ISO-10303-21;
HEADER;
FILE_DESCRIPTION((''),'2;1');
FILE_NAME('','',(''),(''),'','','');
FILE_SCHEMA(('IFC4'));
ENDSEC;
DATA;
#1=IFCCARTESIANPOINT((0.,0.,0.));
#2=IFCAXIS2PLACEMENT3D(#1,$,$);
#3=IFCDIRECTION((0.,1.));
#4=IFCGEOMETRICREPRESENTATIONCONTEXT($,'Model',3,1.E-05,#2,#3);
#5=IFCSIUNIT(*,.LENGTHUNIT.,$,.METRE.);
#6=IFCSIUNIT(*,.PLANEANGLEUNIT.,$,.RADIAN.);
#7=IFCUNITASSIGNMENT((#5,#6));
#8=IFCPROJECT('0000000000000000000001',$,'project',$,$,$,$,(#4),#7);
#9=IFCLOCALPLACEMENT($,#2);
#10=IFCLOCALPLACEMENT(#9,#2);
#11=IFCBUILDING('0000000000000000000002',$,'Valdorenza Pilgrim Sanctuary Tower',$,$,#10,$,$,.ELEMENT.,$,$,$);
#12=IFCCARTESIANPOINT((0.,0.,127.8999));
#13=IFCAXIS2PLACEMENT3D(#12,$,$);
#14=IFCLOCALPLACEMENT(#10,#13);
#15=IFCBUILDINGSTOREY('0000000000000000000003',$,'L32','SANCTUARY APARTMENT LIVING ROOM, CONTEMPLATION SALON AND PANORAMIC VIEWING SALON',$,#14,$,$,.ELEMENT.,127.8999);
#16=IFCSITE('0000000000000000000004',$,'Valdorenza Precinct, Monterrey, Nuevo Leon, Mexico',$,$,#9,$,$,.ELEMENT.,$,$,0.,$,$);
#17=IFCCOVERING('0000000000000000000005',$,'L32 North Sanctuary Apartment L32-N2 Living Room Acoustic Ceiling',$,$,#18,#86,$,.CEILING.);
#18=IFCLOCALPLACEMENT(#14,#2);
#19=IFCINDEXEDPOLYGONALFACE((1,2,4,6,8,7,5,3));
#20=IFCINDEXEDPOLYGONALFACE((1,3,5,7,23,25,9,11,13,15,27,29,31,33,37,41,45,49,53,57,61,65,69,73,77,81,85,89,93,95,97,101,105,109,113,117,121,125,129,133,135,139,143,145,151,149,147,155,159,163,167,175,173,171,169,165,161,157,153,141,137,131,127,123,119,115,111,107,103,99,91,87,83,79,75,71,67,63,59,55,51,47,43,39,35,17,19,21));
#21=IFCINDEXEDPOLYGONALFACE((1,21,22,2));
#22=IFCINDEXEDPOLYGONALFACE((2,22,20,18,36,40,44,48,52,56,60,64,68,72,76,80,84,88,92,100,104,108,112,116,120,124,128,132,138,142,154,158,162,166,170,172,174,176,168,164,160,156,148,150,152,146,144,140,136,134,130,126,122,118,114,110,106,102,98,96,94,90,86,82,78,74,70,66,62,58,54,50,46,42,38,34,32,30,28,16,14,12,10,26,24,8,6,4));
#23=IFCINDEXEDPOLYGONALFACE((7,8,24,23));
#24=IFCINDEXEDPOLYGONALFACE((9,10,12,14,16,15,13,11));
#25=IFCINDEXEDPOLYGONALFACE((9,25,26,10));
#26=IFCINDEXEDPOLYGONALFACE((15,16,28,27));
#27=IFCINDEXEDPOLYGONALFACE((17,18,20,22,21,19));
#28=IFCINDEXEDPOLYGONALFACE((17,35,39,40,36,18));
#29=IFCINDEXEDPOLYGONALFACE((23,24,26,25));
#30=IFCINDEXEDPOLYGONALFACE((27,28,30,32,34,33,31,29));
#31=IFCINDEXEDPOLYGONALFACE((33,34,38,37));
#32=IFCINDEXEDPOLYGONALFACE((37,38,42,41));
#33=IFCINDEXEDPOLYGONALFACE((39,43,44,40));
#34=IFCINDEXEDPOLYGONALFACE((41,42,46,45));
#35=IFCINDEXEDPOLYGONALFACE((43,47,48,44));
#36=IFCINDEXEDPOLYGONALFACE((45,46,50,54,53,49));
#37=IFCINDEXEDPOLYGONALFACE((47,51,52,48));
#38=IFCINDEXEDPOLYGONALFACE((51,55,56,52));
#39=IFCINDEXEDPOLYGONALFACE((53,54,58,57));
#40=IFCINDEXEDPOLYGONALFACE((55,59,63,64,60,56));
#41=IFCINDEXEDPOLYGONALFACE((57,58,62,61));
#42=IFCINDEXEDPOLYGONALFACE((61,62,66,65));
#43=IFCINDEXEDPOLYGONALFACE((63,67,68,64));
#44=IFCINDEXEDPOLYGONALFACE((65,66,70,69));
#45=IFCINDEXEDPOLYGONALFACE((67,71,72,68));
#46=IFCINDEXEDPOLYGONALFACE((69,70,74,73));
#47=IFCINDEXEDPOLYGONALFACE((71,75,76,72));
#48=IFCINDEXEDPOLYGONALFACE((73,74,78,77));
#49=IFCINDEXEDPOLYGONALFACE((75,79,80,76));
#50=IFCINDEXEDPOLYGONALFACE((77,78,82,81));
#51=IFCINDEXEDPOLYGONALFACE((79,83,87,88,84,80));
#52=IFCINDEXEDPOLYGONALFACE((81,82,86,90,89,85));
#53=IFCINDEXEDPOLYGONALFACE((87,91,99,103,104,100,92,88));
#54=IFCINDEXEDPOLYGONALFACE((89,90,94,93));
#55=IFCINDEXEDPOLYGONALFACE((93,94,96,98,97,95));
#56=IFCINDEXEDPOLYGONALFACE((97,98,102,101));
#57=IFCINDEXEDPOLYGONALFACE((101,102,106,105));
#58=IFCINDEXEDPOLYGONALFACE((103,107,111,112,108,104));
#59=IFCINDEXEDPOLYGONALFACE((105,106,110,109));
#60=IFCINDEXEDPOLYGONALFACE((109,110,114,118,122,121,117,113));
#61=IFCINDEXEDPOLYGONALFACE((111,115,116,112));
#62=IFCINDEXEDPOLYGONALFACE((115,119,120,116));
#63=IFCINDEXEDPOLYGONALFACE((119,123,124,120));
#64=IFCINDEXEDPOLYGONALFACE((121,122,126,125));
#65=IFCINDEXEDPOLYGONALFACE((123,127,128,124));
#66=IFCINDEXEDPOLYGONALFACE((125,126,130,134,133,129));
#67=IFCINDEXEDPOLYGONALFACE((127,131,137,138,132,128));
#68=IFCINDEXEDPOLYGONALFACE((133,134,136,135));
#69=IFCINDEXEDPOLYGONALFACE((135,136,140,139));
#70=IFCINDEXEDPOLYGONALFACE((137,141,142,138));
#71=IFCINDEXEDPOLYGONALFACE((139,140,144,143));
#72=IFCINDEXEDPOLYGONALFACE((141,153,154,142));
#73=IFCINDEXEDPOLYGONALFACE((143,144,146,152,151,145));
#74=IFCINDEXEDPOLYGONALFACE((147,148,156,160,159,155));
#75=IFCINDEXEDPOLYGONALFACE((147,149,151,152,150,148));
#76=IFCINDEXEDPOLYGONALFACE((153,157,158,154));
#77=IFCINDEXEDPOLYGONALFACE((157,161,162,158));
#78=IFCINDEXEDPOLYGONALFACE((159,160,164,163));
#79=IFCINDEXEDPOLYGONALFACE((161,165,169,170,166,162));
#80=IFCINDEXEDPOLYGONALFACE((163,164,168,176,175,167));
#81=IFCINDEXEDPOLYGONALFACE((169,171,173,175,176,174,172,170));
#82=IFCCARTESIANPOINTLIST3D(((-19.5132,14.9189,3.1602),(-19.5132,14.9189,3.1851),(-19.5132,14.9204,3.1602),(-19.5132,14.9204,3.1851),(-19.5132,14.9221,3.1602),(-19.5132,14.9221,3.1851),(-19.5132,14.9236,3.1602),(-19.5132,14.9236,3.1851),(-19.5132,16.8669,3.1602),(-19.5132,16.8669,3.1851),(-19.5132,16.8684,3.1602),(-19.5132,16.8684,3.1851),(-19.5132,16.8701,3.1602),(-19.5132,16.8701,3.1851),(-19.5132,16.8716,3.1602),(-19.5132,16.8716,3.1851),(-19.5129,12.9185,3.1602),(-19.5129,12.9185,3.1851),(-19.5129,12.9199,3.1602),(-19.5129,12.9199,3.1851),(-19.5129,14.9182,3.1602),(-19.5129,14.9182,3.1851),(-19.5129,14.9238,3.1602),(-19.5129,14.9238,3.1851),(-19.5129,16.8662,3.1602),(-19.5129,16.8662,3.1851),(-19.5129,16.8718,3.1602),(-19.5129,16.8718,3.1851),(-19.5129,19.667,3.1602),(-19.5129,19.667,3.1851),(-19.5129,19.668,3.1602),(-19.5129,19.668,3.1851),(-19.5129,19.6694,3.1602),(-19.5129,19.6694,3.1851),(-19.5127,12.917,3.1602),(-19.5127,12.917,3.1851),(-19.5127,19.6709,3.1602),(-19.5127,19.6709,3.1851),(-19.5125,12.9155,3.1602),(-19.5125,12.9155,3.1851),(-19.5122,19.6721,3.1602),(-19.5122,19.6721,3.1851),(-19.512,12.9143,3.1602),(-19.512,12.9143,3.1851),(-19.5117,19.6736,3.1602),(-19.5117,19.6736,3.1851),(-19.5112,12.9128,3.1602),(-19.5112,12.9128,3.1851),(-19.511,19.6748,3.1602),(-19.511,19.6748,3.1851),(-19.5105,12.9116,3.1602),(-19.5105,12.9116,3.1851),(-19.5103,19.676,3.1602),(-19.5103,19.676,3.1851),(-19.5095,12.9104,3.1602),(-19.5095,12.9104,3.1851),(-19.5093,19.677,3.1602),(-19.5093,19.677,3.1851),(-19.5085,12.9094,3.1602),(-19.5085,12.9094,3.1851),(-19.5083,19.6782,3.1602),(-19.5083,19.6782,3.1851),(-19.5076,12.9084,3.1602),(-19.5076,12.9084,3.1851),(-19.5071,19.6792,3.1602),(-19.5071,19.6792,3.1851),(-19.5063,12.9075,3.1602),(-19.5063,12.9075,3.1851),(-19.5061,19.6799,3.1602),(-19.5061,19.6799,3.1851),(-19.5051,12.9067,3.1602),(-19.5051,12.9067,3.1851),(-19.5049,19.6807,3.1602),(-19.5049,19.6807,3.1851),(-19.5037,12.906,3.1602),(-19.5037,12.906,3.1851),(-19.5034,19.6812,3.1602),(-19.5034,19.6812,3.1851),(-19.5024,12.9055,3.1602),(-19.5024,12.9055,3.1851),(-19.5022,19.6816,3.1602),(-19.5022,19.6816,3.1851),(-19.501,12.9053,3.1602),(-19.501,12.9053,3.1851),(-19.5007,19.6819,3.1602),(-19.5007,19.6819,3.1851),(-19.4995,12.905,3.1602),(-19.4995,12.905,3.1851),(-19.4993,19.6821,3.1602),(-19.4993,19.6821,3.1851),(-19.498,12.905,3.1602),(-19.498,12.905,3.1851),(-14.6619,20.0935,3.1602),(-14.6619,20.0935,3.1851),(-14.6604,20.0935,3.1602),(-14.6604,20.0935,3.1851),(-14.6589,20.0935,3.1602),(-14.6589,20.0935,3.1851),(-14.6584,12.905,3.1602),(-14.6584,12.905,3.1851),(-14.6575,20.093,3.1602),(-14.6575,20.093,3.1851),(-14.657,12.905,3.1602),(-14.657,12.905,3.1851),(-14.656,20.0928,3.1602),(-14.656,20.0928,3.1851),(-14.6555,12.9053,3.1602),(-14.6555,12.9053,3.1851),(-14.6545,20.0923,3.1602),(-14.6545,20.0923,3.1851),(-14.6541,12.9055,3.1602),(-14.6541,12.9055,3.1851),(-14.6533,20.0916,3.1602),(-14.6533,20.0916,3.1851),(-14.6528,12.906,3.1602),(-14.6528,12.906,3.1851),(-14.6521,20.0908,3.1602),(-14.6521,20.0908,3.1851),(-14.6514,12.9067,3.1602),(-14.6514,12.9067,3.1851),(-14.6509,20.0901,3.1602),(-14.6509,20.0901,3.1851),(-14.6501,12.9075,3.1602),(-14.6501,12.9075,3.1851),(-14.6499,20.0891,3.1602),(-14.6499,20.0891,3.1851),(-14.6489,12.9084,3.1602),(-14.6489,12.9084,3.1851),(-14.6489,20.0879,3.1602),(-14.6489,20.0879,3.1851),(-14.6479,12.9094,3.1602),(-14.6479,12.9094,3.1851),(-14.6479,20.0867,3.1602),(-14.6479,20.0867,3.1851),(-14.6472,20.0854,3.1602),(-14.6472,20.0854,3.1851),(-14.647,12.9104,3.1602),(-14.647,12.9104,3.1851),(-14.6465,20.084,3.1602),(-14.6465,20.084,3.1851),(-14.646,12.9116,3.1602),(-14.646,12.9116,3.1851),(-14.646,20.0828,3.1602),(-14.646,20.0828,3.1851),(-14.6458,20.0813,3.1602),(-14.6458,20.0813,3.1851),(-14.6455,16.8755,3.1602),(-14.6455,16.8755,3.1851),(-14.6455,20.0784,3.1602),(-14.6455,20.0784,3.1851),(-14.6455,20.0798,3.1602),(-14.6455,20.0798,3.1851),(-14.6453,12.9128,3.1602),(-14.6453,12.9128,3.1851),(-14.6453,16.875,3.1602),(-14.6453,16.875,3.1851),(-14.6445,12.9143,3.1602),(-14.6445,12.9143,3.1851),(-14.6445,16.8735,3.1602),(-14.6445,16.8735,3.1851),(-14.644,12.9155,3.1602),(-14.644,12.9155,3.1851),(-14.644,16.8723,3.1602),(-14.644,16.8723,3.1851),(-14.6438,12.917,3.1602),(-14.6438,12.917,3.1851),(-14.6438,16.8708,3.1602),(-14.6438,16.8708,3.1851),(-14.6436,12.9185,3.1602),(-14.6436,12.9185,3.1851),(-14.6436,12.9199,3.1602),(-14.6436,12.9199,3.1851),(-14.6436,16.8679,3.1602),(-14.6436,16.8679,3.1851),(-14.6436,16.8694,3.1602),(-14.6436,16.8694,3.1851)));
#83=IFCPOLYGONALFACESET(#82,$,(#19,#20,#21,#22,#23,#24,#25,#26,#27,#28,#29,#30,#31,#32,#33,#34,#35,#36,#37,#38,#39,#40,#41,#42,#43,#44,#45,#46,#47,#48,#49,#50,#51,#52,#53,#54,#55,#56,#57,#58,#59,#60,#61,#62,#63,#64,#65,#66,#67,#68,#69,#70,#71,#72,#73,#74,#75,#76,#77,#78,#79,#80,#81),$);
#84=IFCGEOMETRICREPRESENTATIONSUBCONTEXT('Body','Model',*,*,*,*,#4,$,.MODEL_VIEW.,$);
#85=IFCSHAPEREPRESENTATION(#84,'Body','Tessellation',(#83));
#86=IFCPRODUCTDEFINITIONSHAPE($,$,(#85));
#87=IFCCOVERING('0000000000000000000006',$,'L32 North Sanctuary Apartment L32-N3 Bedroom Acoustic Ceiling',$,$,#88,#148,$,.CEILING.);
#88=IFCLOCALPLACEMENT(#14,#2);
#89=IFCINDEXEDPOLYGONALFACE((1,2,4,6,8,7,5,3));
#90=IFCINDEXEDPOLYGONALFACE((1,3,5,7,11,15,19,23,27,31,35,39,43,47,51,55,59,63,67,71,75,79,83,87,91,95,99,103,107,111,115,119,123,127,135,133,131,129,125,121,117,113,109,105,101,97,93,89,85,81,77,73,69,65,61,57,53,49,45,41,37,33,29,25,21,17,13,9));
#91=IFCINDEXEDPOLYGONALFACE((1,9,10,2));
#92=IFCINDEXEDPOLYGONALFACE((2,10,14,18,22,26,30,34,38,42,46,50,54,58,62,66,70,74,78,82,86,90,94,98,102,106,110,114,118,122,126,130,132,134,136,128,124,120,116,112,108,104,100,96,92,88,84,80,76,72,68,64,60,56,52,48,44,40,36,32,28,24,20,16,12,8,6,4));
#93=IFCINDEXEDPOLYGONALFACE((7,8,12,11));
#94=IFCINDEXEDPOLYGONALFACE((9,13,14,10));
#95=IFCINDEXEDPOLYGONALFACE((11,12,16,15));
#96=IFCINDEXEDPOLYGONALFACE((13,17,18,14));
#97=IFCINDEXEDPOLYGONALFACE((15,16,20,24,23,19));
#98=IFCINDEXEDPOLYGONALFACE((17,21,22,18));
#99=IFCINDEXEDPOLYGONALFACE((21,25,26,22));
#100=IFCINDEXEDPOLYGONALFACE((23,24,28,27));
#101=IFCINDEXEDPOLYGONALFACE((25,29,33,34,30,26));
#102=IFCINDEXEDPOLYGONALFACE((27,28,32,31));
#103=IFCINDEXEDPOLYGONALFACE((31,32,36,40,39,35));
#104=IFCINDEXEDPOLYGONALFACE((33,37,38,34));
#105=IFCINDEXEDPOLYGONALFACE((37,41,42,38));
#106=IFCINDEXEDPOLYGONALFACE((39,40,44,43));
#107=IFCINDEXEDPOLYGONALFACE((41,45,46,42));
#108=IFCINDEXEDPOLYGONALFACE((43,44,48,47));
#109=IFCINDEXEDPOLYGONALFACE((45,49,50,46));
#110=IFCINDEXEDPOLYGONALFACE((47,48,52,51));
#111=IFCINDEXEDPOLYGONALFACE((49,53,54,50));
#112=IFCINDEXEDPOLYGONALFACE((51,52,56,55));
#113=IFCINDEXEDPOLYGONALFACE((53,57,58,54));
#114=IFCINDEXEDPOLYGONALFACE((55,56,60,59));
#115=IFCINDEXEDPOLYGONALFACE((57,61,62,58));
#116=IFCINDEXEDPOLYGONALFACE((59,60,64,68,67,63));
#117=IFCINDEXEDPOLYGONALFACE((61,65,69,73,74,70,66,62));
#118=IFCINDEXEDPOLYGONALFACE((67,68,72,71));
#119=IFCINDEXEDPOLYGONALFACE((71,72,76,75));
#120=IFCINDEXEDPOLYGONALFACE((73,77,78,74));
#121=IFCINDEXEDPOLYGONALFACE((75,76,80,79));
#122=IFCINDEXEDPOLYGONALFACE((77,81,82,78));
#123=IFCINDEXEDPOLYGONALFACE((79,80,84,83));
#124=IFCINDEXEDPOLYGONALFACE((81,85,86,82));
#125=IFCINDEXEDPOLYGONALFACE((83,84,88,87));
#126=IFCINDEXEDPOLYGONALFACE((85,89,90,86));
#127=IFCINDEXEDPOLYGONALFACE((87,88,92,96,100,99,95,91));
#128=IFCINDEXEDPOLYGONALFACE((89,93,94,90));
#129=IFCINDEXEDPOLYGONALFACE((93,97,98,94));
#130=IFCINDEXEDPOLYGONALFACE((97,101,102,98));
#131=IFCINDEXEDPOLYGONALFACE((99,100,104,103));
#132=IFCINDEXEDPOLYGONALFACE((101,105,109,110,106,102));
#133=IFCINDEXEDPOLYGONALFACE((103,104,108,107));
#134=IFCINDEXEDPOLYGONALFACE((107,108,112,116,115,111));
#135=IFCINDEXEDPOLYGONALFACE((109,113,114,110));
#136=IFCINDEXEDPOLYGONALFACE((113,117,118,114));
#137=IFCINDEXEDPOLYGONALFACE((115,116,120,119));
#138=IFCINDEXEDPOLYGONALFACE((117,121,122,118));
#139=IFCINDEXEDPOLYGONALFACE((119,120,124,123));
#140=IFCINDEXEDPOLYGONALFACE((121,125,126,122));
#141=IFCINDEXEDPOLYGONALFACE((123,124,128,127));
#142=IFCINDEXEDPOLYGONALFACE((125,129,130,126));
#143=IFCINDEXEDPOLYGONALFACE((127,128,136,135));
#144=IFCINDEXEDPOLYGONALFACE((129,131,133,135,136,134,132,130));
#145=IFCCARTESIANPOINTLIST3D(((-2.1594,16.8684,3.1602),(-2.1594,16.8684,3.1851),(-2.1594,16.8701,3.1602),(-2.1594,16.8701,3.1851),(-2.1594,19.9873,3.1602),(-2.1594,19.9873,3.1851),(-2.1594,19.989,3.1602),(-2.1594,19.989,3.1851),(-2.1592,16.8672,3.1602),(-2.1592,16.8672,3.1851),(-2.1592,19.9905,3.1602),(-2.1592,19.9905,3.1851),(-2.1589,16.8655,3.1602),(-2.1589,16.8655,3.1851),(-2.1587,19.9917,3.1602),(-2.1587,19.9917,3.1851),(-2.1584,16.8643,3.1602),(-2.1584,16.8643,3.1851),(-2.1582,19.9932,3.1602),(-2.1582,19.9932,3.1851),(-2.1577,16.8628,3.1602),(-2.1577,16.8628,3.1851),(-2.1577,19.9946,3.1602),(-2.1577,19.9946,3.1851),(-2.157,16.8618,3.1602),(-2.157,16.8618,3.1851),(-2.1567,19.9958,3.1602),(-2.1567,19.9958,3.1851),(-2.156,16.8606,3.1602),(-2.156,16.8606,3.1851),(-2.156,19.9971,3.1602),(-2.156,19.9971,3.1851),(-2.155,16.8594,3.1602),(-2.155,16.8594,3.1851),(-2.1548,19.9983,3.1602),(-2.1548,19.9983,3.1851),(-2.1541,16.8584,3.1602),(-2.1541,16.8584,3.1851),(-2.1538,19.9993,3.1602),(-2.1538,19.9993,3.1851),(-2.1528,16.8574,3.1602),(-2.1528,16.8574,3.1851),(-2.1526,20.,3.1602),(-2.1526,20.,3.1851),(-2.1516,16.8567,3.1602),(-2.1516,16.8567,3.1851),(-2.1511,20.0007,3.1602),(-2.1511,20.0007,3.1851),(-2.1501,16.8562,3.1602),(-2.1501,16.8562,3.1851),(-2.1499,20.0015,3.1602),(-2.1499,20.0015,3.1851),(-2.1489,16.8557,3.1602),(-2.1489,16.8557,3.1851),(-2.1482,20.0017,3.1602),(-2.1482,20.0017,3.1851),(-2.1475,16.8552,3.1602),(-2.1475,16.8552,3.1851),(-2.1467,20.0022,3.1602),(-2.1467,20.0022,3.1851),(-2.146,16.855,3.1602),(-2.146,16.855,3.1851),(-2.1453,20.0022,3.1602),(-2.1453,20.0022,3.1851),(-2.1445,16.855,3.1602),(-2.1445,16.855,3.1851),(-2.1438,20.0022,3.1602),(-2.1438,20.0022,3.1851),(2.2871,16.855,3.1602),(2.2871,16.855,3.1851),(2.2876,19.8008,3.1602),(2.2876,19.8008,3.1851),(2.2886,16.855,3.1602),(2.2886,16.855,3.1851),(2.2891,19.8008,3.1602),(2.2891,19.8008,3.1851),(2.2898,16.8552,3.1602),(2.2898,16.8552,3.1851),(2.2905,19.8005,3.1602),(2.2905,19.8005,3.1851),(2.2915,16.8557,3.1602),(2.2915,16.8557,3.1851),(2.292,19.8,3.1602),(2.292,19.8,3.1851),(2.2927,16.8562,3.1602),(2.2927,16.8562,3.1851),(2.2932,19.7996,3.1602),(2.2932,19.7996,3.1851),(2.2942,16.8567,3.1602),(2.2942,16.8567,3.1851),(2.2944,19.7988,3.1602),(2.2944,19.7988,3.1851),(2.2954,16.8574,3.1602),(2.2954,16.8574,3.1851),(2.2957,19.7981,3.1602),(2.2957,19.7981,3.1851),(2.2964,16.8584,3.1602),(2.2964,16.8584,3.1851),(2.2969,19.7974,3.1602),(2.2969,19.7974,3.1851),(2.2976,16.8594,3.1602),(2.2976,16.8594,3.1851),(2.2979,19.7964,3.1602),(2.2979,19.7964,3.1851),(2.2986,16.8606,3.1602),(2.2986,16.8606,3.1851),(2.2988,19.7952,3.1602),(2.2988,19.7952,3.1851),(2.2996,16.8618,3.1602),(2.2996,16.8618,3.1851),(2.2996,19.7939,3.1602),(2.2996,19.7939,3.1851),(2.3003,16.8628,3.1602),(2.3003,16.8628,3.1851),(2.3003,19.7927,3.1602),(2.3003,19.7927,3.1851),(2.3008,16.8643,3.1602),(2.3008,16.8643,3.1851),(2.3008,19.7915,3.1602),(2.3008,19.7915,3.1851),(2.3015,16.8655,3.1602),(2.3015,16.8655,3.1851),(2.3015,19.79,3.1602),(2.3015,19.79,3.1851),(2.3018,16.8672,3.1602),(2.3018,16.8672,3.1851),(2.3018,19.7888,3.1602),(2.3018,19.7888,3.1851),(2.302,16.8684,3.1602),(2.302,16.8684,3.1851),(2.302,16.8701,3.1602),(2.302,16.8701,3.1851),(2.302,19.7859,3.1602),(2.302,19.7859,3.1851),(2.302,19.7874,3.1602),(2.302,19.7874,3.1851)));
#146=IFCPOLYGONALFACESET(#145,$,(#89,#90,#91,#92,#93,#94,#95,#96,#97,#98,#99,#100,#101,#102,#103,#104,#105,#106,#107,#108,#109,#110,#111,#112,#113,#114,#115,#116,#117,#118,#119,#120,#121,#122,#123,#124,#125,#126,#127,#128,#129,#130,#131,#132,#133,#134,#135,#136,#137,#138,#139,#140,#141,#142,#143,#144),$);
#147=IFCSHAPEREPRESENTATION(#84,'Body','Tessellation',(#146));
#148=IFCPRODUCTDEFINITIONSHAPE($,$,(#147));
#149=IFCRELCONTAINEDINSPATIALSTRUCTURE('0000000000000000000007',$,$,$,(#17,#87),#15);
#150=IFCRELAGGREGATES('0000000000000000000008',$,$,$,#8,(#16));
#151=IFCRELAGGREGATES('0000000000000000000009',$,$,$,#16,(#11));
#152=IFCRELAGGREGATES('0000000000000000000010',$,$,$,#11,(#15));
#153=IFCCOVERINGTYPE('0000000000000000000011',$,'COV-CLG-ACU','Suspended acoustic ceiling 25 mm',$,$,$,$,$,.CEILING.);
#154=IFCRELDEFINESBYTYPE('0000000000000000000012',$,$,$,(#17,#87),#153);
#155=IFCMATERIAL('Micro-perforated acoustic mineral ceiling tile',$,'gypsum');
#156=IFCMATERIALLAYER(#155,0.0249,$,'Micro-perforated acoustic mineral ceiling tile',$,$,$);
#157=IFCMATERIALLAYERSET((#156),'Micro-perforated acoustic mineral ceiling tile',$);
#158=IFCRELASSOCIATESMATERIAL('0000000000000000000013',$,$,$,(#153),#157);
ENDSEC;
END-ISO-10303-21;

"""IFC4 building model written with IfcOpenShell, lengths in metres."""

from ifc_helpers import new_model, si_unit, direction, frame, origin, place, context, subcontext, project, spatial, polyline, outline, extrude, material, layer, layer_set, type_object, element, save


model = new_model("IFC4")

# Units and contexts
model_context = context("Model", 3, precision=1e-05, world=origin(), true_north=direction((0.0, 1.0)))
body_context = subcontext(model_context, "Body", "Model", "MODEL_VIEW")
ifc_project = project(units=[si_unit("LENGTHUNIT", "METRE"), si_unit("PLANEANGLEUNIT", "RADIAN")], contexts=[model_context])

# Site, building, storey
site_placement = place(None, origin())
site = spatial("IfcSite", under=ifc_project, at=site_placement, Name="Valdorenza Precinct, Monterrey, Nuevo Leon, Mexico", CompositionType="ELEMENT", RefElevation=0.0)
building_placement = place(site_placement, origin())
building = spatial("IfcBuilding", under=site, at=building_placement, Name="Valdorenza Pilgrim Sanctuary Tower", CompositionType="ELEMENT")
storey_placement = place(building_placement, frame((0.0, 0.0, 127.8999)))
storey = spatial("IfcBuildingStorey", under=building, at=storey_placement, Name="L32", Description="SANCTUARY APARTMENT LIVING ROOM, CONTEMPLATION SALON AND PANORAMIC VIEWING SALON", CompositionType="ELEMENT", Elevation=127.8999)

# Coverings
ifc_material_1 = material(Name="Micro-perforated acoustic mineral ceiling tile", Category="gypsum")
ifc_layer_1 = layer(ifc_material_1, 0.0249, Name="Micro-perforated acoustic mineral ceiling tile")
ifc_layer_set_1 = layer_set([ifc_layer_1], Name="Micro-perforated acoustic mineral ceiling tile")
covering_type_1 = type_object("IfcCoveringType", Name="COV-CLG-ACU", Description="Suspended acoustic ceiling 25 mm", PredefinedType="CEILING", material=ifc_layer_set_1)
covering_1_placement = place(storey_placement, frame((0.0, 0.0, 3.1602)))
element("IfcCovering", 1, at=covering_1_placement, inside=storey, type_object=covering_type_1, Name="L32 North Sanctuary Apartment L32-N2 Living Room Acoustic Ceiling", PredefinedType="CEILING", context=body_context, shape_type="SweptSolid", body=[
    extrude(outline(polyline([(-19.5129, 14.9182), (-19.5132, 14.9189), (-19.5132, 14.9204), (-19.5132, 14.9221), (-19.5132, 14.9236), (-19.5129, 14.9238), (-19.5129, 16.8662), (-19.5132, 16.8669), (-19.5132, 16.8684), (-19.5132, 16.8701), (-19.5132, 16.8716), (-19.5129, 16.8718), (-19.5129, 19.667), (-19.5129, 19.667), (-19.5129, 19.668), (-19.5129, 19.6694), (-19.5127, 19.6709), (-19.5122, 19.6721), (-19.5117, 19.6736), (-19.511, 19.6748), (-19.5103, 19.676), (-19.5093, 19.677), (-19.5083, 19.6782), (-19.5071, 19.6792), (-19.5061, 19.6799), (-19.5049, 19.6807), (-19.5034, 19.6812), (-19.5022, 19.6816), (-19.5007, 19.6819), (-19.4993, 19.6821), (-14.6619, 20.0935), (-14.6604, 20.0935), (-14.6589, 20.0935), (-14.6575, 20.093), (-14.656, 20.0928), (-14.6545, 20.0923), (-14.6533, 20.0916), (-14.6521, 20.0908), (-14.6509, 20.0901), (-14.6499, 20.0891), (-14.6489, 20.0879), (-14.6479, 20.0867), (-14.6472, 20.0854), (-14.6465, 20.084), (-14.646, 20.0828), (-14.6458, 20.0813), (-14.6455, 20.0798), (-14.6455, 20.0784), (-14.6455, 16.8755), (-14.6453, 16.875), (-14.6445, 16.8735), (-14.644, 16.8723), (-14.6438, 16.8708), (-14.6436, 16.8694), (-14.6436, 16.8679), (-14.6436, 12.9199), (-14.6436, 12.9185), (-14.6438, 12.917), (-14.644, 12.9155), (-14.6445, 12.9143), (-14.6453, 12.9128), (-14.646, 12.9116), (-14.647, 12.9104), (-14.6479, 12.9094), (-14.6489, 12.9084), (-14.6501, 12.9075), (-14.6514, 12.9067), (-14.6528, 12.906), (-14.6541, 12.9055), (-14.6555, 12.9053), (-14.657, 12.905), (-14.6584, 12.905), (-19.498, 12.905), (-19.4995, 12.905), (-19.501, 12.9053), (-19.5024, 12.9055), (-19.5037, 12.906), (-19.5051, 12.9067), (-19.5063, 12.9075), (-19.5076, 12.9084), (-19.5085, 12.9094), (-19.5095, 12.9104), (-19.5105, 12.9116), (-19.5112, 12.9128), (-19.512, 12.9143), (-19.5125, 12.9155), (-19.5127, 12.917), (-19.5129, 12.9185), (-19.5129, 12.9199), (-19.5129, 14.9182)])), origin(), (0.0, 0.0, 1.0), 0.0249),
])
covering_2_placement = place(storey_placement, frame((0.0, 0.0, 3.1602)))
element("IfcCovering", 2, at=covering_2_placement, inside=storey, type_object=covering_type_1, Name="L32 North Sanctuary Apartment L32-N3 Bedroom Acoustic Ceiling", PredefinedType="CEILING", context=body_context, shape_type="SweptSolid", body=[
    extrude(outline(polyline([(-2.1445, 16.855), (-2.146, 16.855), (-2.1475, 16.8552), (-2.1489, 16.8557), (-2.1501, 16.8562), (-2.1516, 16.8567), (-2.1528, 16.8574), (-2.1541, 16.8584), (-2.155, 16.8594), (-2.156, 16.8606), (-2.157, 16.8618), (-2.1577, 16.8628), (-2.1584, 16.8643), (-2.1589, 16.8655), (-2.1592, 16.8672), (-2.1594, 16.8684), (-2.1594, 16.8701), (-2.1594, 19.9873), (-2.1594, 19.989), (-2.1592, 19.9905), (-2.1587, 19.9917), (-2.1582, 19.9932), (-2.1577, 19.9946), (-2.1567, 19.9958), (-2.156, 19.9971), (-2.1548, 19.9983), (-2.1538, 19.9993), (-2.1526, 20.0), (-2.1511, 20.0007), (-2.1499, 20.0015), (-2.1482, 20.0017), (-2.1467, 20.0022), (-2.1453, 20.0022), (-2.1438, 20.0022), (2.2876, 19.8008), (2.2891, 19.8008), (2.2905, 19.8005), (2.292, 19.8), (2.2932, 19.7996), (2.2944, 19.7988), (2.2957, 19.7981), (2.2969, 19.7974), (2.2979, 19.7964), (2.2988, 19.7952), (2.2996, 19.7939), (2.3003, 19.7927), (2.3008, 19.7915), (2.3015, 19.79), (2.3018, 19.7888), (2.302, 19.7874), (2.302, 19.7859), (2.302, 16.8701), (2.302, 16.8684), (2.3018, 16.8672), (2.3015, 16.8655), (2.3008, 16.8643), (2.3003, 16.8628), (2.2996, 16.8618), (2.2986, 16.8606), (2.2976, 16.8594), (2.2964, 16.8584), (2.2954, 16.8574), (2.2942, 16.8567), (2.2927, 16.8562), (2.2915, 16.8557), (2.2898, 16.8552), (2.2886, 16.855), (2.2871, 16.855), (-2.1445, 16.855)])), origin(), (0.0, 0.0, 1.0), 0.0249),
])

save(model, "model.ifc")
